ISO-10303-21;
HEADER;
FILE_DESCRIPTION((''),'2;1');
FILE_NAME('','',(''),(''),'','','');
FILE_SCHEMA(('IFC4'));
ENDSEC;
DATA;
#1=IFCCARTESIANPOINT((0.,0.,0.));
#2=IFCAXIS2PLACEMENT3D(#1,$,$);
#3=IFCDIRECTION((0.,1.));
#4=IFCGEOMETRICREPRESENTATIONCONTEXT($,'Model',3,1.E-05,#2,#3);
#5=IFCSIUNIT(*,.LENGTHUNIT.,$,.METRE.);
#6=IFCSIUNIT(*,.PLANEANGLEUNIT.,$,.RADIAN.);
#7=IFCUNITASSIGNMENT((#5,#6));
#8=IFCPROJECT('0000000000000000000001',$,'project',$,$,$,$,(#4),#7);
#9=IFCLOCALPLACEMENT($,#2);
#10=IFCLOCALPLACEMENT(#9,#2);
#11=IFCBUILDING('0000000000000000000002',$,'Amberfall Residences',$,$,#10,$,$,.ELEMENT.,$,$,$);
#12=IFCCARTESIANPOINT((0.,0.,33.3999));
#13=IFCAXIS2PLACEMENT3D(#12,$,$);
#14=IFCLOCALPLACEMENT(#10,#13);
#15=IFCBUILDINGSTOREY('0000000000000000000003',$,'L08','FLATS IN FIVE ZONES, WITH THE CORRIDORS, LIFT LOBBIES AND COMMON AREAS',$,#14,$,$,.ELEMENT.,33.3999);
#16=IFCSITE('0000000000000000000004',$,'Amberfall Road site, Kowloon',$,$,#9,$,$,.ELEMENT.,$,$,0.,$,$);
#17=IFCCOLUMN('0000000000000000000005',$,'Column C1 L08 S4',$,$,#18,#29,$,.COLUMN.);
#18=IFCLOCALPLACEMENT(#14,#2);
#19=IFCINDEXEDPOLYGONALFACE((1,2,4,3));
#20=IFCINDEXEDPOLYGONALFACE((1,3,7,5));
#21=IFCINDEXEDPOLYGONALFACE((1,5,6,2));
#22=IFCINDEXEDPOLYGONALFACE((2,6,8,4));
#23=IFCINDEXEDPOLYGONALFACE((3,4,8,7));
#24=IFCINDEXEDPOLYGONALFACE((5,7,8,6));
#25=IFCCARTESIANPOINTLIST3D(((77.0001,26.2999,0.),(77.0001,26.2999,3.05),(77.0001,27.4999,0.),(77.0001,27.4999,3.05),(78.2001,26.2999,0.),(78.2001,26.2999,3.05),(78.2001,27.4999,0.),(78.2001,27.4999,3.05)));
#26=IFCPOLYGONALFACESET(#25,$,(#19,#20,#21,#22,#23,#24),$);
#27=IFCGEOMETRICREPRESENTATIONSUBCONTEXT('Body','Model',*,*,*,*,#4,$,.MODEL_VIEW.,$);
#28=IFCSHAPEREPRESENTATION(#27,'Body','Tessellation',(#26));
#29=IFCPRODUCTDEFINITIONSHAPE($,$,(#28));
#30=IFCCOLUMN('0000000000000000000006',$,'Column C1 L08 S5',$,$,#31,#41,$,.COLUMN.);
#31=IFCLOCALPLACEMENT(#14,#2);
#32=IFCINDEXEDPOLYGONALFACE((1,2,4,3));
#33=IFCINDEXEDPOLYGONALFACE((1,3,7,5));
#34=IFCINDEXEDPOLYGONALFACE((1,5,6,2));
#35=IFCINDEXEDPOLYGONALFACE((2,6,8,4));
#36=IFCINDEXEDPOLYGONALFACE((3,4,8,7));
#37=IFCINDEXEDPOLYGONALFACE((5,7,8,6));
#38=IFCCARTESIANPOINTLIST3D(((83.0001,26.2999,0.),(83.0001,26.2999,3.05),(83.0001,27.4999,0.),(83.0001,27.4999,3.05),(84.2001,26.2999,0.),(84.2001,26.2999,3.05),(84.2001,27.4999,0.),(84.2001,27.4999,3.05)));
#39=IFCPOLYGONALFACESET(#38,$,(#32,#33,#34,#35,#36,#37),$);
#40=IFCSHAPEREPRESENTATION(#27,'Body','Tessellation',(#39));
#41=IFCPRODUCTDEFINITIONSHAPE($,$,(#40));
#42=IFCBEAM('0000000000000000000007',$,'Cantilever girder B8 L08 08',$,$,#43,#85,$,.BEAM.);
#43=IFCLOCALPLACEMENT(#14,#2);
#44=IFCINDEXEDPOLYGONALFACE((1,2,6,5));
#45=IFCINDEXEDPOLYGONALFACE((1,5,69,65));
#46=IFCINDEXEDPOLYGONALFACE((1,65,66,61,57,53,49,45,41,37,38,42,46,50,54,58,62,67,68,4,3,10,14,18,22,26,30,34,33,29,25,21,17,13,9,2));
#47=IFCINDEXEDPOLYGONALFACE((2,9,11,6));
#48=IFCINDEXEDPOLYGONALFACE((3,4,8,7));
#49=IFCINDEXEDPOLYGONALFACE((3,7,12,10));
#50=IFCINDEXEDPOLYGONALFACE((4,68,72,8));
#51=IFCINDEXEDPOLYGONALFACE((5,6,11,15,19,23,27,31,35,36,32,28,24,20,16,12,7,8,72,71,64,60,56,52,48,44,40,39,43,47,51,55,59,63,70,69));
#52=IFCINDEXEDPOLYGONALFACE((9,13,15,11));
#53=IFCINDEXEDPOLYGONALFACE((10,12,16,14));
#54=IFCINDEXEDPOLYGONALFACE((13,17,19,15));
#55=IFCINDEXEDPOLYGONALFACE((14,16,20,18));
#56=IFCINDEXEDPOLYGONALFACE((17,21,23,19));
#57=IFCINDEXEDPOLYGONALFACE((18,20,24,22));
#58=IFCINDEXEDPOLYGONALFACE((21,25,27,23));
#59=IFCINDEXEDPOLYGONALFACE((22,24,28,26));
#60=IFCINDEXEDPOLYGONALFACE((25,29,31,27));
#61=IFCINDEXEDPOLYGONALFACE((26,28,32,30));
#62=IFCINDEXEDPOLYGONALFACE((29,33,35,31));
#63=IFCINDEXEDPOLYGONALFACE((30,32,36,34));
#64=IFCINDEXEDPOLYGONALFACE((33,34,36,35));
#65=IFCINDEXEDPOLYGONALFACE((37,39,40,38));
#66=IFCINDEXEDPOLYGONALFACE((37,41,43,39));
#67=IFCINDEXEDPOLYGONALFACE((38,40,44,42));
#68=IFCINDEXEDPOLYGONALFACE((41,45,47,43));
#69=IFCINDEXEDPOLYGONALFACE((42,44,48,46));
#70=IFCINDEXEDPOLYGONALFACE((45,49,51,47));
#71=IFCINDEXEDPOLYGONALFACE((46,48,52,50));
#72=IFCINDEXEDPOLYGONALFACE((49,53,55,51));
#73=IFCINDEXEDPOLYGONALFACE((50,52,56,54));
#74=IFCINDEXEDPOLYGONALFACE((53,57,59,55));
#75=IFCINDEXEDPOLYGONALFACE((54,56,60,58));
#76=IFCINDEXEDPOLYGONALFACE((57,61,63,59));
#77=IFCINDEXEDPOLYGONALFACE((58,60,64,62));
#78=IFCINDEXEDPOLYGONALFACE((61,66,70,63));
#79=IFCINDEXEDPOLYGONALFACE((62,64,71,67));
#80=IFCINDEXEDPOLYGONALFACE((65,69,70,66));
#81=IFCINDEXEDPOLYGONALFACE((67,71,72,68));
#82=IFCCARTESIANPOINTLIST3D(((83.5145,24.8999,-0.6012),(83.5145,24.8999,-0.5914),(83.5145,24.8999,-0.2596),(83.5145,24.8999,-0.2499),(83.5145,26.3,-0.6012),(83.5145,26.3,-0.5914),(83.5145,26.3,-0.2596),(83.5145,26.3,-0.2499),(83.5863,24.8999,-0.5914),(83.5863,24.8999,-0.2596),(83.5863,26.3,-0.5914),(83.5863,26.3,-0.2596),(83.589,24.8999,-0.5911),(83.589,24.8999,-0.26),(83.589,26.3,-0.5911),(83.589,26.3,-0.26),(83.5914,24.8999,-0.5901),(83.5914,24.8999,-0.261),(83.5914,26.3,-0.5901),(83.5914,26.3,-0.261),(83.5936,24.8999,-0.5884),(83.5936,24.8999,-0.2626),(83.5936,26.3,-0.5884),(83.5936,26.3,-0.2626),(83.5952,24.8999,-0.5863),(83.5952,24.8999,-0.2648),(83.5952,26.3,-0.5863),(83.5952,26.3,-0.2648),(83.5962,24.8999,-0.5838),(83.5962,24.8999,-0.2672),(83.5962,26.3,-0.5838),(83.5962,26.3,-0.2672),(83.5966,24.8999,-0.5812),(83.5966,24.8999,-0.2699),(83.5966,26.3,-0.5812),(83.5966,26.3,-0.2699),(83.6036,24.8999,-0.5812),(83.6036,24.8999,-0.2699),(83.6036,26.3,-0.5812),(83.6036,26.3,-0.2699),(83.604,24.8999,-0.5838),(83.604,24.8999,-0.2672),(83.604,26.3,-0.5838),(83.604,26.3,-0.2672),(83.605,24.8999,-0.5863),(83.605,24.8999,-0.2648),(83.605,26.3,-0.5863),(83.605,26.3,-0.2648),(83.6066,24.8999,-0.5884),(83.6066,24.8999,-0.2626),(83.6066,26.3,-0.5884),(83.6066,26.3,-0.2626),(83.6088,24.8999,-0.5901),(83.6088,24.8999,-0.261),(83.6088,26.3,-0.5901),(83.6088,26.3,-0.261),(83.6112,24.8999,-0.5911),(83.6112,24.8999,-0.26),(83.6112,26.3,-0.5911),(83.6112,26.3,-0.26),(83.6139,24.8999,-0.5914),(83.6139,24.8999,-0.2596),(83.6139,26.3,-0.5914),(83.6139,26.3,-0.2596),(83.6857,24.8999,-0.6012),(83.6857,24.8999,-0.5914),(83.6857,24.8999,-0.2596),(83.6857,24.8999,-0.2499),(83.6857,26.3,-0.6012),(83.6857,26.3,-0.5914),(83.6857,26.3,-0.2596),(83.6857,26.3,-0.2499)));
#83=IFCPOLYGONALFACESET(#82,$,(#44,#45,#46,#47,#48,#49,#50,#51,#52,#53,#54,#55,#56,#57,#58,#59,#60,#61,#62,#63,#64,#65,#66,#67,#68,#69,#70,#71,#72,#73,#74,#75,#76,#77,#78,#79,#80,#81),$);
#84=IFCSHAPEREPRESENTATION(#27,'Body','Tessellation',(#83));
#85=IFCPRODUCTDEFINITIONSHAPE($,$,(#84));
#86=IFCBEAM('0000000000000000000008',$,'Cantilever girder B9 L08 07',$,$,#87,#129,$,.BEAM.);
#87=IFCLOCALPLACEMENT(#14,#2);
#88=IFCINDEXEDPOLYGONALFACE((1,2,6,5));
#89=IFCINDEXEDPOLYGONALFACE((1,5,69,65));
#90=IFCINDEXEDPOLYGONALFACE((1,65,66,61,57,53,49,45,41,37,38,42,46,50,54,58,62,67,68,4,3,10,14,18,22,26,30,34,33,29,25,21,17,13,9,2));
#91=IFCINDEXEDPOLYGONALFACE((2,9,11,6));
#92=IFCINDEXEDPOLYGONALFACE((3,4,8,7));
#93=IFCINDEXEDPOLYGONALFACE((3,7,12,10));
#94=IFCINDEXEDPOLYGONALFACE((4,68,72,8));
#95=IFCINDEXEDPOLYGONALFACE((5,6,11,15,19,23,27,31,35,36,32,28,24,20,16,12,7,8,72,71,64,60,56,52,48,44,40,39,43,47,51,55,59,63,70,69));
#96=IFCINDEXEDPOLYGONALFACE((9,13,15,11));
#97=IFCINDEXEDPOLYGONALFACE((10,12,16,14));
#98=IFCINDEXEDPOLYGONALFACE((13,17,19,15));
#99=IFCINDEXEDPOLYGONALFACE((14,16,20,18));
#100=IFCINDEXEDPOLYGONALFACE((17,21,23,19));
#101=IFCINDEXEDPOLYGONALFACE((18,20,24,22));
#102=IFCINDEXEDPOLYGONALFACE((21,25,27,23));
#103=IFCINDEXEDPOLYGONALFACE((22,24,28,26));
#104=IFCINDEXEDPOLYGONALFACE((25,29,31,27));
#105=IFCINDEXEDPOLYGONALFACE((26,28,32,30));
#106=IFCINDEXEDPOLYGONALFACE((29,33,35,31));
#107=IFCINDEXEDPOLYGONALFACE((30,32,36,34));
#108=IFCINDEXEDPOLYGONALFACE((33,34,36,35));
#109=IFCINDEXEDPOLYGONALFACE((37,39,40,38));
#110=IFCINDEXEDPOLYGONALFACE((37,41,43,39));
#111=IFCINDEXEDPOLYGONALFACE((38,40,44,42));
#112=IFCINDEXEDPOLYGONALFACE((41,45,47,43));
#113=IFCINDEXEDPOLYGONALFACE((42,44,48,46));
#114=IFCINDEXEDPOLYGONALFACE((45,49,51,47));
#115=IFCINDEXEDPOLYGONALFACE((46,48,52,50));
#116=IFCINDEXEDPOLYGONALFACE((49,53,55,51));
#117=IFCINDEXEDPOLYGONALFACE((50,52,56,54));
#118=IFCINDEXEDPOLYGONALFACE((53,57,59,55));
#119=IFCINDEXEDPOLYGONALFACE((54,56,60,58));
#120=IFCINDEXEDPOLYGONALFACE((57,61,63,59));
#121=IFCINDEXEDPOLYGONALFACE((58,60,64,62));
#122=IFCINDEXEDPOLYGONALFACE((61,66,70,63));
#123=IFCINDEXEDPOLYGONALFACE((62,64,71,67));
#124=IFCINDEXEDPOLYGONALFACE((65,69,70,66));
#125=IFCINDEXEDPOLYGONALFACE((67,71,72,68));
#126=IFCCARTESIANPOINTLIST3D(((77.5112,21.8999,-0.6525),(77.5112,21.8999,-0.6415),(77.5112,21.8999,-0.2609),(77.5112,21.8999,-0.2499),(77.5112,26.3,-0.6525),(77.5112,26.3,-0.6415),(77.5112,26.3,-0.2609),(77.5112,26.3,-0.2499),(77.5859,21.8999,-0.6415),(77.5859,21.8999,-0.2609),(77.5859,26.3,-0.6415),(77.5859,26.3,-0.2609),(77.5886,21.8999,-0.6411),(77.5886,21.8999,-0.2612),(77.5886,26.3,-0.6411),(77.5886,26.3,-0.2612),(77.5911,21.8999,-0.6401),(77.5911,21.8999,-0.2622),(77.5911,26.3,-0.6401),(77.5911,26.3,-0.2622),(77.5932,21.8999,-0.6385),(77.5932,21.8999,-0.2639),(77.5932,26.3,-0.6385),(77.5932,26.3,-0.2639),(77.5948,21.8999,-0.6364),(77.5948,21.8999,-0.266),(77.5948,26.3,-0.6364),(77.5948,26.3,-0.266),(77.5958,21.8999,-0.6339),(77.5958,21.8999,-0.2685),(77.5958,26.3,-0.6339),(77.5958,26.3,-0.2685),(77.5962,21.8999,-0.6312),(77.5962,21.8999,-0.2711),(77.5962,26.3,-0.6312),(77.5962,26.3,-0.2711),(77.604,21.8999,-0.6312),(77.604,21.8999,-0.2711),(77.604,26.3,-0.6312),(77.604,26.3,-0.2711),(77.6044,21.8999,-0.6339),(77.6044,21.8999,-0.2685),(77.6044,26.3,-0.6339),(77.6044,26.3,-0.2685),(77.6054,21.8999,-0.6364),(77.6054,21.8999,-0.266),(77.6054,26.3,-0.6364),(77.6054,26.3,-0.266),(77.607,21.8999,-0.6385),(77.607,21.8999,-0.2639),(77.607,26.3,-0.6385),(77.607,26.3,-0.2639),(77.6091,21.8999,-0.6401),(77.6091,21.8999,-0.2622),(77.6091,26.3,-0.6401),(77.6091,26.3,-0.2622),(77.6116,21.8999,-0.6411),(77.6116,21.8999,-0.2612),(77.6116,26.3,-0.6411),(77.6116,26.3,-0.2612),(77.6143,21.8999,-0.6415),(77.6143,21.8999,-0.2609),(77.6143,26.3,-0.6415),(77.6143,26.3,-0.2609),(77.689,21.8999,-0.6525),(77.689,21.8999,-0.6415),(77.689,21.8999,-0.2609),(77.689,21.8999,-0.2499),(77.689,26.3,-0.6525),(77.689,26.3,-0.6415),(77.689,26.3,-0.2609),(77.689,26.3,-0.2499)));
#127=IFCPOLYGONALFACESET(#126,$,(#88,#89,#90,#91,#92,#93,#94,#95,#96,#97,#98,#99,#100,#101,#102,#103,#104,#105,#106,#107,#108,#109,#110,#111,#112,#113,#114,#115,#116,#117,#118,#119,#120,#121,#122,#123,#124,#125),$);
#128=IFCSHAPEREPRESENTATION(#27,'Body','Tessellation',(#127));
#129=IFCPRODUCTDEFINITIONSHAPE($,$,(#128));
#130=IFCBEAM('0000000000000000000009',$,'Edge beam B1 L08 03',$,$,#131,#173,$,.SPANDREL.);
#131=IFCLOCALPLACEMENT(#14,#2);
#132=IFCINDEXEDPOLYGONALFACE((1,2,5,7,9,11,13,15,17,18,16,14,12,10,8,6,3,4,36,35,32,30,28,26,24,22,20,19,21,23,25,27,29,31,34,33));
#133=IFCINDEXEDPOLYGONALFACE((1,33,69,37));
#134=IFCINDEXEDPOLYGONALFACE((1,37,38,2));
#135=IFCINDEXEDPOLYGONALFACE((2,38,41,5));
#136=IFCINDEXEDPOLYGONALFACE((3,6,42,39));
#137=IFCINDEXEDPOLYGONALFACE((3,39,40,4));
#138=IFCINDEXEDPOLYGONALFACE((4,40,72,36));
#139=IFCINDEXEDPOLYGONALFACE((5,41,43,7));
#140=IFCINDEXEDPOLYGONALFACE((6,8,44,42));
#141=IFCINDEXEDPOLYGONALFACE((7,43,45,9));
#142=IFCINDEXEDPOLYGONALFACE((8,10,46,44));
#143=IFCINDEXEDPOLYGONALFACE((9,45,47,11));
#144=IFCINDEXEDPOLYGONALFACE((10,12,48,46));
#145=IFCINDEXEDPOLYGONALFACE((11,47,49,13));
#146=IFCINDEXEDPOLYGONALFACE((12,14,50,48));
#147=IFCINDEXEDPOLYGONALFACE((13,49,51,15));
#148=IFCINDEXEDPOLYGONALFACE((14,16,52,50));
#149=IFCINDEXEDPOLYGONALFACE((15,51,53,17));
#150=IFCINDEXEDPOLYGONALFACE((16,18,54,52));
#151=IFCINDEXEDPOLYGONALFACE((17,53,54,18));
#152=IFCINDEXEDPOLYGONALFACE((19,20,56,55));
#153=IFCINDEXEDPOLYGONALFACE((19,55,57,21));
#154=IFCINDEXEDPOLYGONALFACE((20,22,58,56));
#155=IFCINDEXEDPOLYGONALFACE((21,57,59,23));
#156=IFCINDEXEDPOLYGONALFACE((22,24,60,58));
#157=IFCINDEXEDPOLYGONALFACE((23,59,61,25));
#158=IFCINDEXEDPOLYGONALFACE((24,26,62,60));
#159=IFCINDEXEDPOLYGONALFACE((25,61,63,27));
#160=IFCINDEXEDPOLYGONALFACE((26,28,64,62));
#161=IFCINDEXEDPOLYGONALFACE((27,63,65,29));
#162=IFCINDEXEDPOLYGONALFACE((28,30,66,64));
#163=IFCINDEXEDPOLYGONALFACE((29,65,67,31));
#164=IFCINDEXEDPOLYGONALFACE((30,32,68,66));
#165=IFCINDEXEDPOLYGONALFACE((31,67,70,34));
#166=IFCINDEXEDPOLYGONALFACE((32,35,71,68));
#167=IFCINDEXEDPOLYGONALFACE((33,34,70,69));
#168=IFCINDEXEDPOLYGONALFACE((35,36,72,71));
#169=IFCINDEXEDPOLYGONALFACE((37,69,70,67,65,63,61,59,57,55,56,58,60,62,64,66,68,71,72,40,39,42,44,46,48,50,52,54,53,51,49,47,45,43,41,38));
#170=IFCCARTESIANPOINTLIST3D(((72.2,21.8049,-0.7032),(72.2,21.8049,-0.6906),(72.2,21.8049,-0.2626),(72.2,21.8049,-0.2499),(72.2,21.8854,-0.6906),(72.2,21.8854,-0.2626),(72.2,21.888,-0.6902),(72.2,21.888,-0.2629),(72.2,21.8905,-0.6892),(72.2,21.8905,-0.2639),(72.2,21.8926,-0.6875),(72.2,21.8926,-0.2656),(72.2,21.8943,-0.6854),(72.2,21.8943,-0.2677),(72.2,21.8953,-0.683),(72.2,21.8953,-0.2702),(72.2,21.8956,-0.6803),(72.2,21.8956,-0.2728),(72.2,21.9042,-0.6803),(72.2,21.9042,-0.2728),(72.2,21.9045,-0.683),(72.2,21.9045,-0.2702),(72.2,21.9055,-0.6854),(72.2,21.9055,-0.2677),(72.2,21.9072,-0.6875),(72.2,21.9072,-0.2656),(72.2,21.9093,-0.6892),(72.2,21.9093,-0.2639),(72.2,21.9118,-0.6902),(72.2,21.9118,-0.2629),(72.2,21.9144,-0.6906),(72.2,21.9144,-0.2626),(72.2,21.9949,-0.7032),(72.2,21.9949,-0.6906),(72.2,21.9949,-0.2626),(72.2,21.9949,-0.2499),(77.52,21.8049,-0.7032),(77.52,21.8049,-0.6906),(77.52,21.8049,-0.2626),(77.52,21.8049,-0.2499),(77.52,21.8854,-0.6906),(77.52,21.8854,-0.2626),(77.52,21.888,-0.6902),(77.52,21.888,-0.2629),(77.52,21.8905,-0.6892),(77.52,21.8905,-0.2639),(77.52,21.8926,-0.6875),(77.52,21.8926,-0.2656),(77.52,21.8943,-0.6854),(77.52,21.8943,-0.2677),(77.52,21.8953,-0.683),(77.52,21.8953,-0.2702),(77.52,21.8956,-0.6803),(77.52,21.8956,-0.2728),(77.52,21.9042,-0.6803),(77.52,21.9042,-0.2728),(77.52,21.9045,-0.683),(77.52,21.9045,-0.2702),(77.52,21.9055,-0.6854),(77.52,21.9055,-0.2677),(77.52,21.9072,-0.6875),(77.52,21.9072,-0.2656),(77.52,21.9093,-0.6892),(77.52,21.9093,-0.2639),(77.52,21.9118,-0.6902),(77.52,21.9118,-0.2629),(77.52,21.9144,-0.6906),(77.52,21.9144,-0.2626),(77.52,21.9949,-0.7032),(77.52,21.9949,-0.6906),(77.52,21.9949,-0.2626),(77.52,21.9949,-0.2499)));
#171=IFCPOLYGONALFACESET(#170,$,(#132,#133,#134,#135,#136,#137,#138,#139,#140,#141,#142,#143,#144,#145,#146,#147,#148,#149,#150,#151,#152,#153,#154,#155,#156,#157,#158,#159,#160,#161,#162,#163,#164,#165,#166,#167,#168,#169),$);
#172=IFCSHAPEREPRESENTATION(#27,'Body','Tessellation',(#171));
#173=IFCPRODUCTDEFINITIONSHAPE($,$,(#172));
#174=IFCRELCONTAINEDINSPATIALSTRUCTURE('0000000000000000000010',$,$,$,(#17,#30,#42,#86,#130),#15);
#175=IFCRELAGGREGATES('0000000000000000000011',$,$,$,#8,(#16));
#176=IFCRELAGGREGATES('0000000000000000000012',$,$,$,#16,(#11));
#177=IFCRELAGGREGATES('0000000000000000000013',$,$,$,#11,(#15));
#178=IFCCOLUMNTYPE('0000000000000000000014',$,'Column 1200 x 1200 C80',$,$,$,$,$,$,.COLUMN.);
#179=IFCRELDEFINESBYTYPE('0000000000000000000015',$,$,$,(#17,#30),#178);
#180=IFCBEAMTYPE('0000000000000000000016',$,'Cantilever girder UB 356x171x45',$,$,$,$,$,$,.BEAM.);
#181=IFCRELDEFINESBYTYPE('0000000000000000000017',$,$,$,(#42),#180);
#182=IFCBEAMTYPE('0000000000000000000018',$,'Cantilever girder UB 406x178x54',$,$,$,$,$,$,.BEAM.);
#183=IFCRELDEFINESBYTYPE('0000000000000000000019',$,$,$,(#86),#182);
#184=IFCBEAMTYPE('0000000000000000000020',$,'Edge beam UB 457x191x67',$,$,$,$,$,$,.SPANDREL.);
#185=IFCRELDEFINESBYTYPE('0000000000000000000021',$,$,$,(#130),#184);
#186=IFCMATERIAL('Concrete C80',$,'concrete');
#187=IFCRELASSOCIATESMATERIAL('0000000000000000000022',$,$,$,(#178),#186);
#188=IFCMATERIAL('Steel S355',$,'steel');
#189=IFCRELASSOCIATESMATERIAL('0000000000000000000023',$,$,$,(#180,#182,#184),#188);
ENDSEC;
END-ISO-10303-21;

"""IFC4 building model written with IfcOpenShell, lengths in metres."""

from ifc_helpers import new_model, si_unit, direction, frame, origin, origin_2d, place, context, subcontext, project, spatial, rectangle, i_section, extrude, material, material_profile, profile_set, type_object, element, save


model = new_model("IFC4")

# Units and contexts
model_context = context("Model", 3, precision=1e-05, world=origin(), true_north=direction((0.0, 1.0)))
body_context = subcontext(model_context, "Body", "Model", "MODEL_VIEW")
ifc_project = project(units=[si_unit("LENGTHUNIT", "METRE"), si_unit("PLANEANGLEUNIT", "RADIAN")], contexts=[model_context])

# Site, building, storey
site_placement = place(None, origin())
site = spatial("IfcSite", under=ifc_project, at=site_placement, Name="Amberfall Road site, Kowloon", CompositionType="ELEMENT", RefElevation=0.0)
building_placement = place(site_placement, origin())
building = spatial("IfcBuilding", under=site, at=building_placement, Name="Amberfall Residences", CompositionType="ELEMENT")
storey_placement = place(building_placement, frame((0.0, 0.0, 33.3999)))
storey = spatial("IfcBuildingStorey", under=building, at=storey_placement, Name="L08", Description="FLATS IN FIVE ZONES, WITH THE CORRIDORS, LIFT LOBBIES AND COMMON AREAS", CompositionType="ELEMENT", Elevation=33.3999)

# Columns
ifc_material_1 = material(Name="Concrete C80", Category="concrete")
ifc_material_profile_1 = material_profile(ifc_material_1, rectangle(XDim=1.2, YDim=1.2, at=origin_2d()), Name="Column 1200 x 1200 C80")
ifc_profile_set_1 = profile_set([ifc_material_profile_1], Name="Concrete C80")
column_type = type_object("IfcColumnType", Name="Column 1200 x 1200 C80", PredefinedType="COLUMN", material=ifc_profile_set_1)
for number, where, z_axis, x_axis, name in (
    (1, (77.6001, 26.8999, 0.0), (0.0, 0.0, 1.0), (1.0, 0.0, 0.0), "Column C1 L08 S4"),
    (2, (83.6001, 26.8999, 0.0), (0.0, 0.0, 1.0), (1.0, 0.0, 0.0), "Column C1 L08 S5"),
):
    element("IfcColumn", number, at=place(storey_placement, frame(where, z_axis=z_axis, x_axis=x_axis)), inside=storey, type_object=column_type, Name=name, PredefinedType="COLUMN", context=body_context, shape_type="SweptSolid", body=[
        extrude(rectangle(XDim=1.2, YDim=1.2, at=origin_2d()), origin(), (0.0, 0.0, 1.0), 3.05),
    ])

# Beams
ifc_material_2 = material(Name="Steel S355", Category="steel")
ifc_material_profile_2 = material_profile(ifc_material_2, i_section(OverallWidth=0.1711, OverallDepth=0.3513, WebThickness=0.0071, FlangeThickness=0.0098, FilletRadius=0.0103, at=origin_2d()), Name="UB 356x171x45")
ifc_profile_set_2 = profile_set([ifc_material_profile_2], Name="Steel S355")
beam_type_1 = type_object("IfcBeamType", Name="Cantilever girder UB 356x171x45", PredefinedType="BEAM", material=ifc_profile_set_2)
beam_1_placement = place(storey_placement, frame((83.6001, 26.3, -0.4255), z_axis=(0.0, -1.0, 0.0), x_axis=(1.0, 0.0, 0.0)))
element("IfcBeam", 3, at=beam_1_placement, inside=storey, type_object=beam_type_1, Name="Cantilever girder B8 L08 08", PredefinedType="BEAM", context=body_context, shape_type="SweptSolid", body=[
    extrude(i_section(OverallWidth=0.1711, OverallDepth=0.3513, WebThickness=0.0071, FlangeThickness=0.0098, FilletRadius=0.0103, at=origin_2d()), origin(), (0.0, 0.0, 1.0), 1.4001),
])
ifc_material_profile_3 = material_profile(ifc_material_2, i_section(OverallWidth=0.1777, OverallDepth=0.4026, WebThickness=0.0078, FlangeThickness=0.011, FilletRadius=0.0103, at=origin_2d()), Name="UB 406x178x54")
ifc_profile_set_3 = profile_set([ifc_material_profile_3], Name="Steel S355")
beam_type_2 = type_object("IfcBeamType", Name="Cantilever girder UB 406x178x54", PredefinedType="BEAM", material=ifc_profile_set_3)
beam_2_placement = place(storey_placement, frame((77.6001, 26.3, -0.4512), z_axis=(0.0, -1.0, 0.0), x_axis=(1.0, 0.0, 0.0)))
element("IfcBeam", 4, at=beam_2_placement, inside=storey, type_object=beam_type_2, Name="Cantilever girder B9 L08 07", PredefinedType="BEAM", context=body_context, shape_type="SweptSolid", body=[
    extrude(i_section(OverallWidth=0.1777, OverallDepth=0.4026, WebThickness=0.0078, FlangeThickness=0.011, FilletRadius=0.0103, at=origin_2d()), origin(), (0.0, 0.0, 1.0), 4.4001),
])
ifc_material_profile_4 = material_profile(ifc_material_2, i_section(OverallWidth=0.1899, OverallDepth=0.4534, WebThickness=0.0085, FlangeThickness=0.0127, FilletRadius=0.0103, at=origin_2d()), Name="UB 457x191x67")
ifc_profile_set_4 = profile_set([ifc_material_profile_4], Name="Steel S355")
beam_type_3 = type_object("IfcBeamType", Name="Edge beam UB 457x191x67", PredefinedType="SPANDREL", material=ifc_profile_set_4)
beam_3_placement = place(storey_placement, frame((72.2, 21.8999, -0.4766), z_axis=(1.0, 0.0, 0.0), x_axis=(0.0, 1.0, 0.0)))
element("IfcBeam", 5, at=beam_3_placement, inside=storey, type_object=beam_type_3, Name="Edge beam B1 L08 03", PredefinedType="SPANDREL", context=body_context, shape_type="SweptSolid", body=[
    extrude(i_section(OverallWidth=0.1899, OverallDepth=0.4534, WebThickness=0.0085, FlangeThickness=0.0127, FilletRadius=0.0103, at=origin_2d()), origin(), (0.0, 0.0, 1.0), 5.3201),
])

save(model, "model.ifc")
